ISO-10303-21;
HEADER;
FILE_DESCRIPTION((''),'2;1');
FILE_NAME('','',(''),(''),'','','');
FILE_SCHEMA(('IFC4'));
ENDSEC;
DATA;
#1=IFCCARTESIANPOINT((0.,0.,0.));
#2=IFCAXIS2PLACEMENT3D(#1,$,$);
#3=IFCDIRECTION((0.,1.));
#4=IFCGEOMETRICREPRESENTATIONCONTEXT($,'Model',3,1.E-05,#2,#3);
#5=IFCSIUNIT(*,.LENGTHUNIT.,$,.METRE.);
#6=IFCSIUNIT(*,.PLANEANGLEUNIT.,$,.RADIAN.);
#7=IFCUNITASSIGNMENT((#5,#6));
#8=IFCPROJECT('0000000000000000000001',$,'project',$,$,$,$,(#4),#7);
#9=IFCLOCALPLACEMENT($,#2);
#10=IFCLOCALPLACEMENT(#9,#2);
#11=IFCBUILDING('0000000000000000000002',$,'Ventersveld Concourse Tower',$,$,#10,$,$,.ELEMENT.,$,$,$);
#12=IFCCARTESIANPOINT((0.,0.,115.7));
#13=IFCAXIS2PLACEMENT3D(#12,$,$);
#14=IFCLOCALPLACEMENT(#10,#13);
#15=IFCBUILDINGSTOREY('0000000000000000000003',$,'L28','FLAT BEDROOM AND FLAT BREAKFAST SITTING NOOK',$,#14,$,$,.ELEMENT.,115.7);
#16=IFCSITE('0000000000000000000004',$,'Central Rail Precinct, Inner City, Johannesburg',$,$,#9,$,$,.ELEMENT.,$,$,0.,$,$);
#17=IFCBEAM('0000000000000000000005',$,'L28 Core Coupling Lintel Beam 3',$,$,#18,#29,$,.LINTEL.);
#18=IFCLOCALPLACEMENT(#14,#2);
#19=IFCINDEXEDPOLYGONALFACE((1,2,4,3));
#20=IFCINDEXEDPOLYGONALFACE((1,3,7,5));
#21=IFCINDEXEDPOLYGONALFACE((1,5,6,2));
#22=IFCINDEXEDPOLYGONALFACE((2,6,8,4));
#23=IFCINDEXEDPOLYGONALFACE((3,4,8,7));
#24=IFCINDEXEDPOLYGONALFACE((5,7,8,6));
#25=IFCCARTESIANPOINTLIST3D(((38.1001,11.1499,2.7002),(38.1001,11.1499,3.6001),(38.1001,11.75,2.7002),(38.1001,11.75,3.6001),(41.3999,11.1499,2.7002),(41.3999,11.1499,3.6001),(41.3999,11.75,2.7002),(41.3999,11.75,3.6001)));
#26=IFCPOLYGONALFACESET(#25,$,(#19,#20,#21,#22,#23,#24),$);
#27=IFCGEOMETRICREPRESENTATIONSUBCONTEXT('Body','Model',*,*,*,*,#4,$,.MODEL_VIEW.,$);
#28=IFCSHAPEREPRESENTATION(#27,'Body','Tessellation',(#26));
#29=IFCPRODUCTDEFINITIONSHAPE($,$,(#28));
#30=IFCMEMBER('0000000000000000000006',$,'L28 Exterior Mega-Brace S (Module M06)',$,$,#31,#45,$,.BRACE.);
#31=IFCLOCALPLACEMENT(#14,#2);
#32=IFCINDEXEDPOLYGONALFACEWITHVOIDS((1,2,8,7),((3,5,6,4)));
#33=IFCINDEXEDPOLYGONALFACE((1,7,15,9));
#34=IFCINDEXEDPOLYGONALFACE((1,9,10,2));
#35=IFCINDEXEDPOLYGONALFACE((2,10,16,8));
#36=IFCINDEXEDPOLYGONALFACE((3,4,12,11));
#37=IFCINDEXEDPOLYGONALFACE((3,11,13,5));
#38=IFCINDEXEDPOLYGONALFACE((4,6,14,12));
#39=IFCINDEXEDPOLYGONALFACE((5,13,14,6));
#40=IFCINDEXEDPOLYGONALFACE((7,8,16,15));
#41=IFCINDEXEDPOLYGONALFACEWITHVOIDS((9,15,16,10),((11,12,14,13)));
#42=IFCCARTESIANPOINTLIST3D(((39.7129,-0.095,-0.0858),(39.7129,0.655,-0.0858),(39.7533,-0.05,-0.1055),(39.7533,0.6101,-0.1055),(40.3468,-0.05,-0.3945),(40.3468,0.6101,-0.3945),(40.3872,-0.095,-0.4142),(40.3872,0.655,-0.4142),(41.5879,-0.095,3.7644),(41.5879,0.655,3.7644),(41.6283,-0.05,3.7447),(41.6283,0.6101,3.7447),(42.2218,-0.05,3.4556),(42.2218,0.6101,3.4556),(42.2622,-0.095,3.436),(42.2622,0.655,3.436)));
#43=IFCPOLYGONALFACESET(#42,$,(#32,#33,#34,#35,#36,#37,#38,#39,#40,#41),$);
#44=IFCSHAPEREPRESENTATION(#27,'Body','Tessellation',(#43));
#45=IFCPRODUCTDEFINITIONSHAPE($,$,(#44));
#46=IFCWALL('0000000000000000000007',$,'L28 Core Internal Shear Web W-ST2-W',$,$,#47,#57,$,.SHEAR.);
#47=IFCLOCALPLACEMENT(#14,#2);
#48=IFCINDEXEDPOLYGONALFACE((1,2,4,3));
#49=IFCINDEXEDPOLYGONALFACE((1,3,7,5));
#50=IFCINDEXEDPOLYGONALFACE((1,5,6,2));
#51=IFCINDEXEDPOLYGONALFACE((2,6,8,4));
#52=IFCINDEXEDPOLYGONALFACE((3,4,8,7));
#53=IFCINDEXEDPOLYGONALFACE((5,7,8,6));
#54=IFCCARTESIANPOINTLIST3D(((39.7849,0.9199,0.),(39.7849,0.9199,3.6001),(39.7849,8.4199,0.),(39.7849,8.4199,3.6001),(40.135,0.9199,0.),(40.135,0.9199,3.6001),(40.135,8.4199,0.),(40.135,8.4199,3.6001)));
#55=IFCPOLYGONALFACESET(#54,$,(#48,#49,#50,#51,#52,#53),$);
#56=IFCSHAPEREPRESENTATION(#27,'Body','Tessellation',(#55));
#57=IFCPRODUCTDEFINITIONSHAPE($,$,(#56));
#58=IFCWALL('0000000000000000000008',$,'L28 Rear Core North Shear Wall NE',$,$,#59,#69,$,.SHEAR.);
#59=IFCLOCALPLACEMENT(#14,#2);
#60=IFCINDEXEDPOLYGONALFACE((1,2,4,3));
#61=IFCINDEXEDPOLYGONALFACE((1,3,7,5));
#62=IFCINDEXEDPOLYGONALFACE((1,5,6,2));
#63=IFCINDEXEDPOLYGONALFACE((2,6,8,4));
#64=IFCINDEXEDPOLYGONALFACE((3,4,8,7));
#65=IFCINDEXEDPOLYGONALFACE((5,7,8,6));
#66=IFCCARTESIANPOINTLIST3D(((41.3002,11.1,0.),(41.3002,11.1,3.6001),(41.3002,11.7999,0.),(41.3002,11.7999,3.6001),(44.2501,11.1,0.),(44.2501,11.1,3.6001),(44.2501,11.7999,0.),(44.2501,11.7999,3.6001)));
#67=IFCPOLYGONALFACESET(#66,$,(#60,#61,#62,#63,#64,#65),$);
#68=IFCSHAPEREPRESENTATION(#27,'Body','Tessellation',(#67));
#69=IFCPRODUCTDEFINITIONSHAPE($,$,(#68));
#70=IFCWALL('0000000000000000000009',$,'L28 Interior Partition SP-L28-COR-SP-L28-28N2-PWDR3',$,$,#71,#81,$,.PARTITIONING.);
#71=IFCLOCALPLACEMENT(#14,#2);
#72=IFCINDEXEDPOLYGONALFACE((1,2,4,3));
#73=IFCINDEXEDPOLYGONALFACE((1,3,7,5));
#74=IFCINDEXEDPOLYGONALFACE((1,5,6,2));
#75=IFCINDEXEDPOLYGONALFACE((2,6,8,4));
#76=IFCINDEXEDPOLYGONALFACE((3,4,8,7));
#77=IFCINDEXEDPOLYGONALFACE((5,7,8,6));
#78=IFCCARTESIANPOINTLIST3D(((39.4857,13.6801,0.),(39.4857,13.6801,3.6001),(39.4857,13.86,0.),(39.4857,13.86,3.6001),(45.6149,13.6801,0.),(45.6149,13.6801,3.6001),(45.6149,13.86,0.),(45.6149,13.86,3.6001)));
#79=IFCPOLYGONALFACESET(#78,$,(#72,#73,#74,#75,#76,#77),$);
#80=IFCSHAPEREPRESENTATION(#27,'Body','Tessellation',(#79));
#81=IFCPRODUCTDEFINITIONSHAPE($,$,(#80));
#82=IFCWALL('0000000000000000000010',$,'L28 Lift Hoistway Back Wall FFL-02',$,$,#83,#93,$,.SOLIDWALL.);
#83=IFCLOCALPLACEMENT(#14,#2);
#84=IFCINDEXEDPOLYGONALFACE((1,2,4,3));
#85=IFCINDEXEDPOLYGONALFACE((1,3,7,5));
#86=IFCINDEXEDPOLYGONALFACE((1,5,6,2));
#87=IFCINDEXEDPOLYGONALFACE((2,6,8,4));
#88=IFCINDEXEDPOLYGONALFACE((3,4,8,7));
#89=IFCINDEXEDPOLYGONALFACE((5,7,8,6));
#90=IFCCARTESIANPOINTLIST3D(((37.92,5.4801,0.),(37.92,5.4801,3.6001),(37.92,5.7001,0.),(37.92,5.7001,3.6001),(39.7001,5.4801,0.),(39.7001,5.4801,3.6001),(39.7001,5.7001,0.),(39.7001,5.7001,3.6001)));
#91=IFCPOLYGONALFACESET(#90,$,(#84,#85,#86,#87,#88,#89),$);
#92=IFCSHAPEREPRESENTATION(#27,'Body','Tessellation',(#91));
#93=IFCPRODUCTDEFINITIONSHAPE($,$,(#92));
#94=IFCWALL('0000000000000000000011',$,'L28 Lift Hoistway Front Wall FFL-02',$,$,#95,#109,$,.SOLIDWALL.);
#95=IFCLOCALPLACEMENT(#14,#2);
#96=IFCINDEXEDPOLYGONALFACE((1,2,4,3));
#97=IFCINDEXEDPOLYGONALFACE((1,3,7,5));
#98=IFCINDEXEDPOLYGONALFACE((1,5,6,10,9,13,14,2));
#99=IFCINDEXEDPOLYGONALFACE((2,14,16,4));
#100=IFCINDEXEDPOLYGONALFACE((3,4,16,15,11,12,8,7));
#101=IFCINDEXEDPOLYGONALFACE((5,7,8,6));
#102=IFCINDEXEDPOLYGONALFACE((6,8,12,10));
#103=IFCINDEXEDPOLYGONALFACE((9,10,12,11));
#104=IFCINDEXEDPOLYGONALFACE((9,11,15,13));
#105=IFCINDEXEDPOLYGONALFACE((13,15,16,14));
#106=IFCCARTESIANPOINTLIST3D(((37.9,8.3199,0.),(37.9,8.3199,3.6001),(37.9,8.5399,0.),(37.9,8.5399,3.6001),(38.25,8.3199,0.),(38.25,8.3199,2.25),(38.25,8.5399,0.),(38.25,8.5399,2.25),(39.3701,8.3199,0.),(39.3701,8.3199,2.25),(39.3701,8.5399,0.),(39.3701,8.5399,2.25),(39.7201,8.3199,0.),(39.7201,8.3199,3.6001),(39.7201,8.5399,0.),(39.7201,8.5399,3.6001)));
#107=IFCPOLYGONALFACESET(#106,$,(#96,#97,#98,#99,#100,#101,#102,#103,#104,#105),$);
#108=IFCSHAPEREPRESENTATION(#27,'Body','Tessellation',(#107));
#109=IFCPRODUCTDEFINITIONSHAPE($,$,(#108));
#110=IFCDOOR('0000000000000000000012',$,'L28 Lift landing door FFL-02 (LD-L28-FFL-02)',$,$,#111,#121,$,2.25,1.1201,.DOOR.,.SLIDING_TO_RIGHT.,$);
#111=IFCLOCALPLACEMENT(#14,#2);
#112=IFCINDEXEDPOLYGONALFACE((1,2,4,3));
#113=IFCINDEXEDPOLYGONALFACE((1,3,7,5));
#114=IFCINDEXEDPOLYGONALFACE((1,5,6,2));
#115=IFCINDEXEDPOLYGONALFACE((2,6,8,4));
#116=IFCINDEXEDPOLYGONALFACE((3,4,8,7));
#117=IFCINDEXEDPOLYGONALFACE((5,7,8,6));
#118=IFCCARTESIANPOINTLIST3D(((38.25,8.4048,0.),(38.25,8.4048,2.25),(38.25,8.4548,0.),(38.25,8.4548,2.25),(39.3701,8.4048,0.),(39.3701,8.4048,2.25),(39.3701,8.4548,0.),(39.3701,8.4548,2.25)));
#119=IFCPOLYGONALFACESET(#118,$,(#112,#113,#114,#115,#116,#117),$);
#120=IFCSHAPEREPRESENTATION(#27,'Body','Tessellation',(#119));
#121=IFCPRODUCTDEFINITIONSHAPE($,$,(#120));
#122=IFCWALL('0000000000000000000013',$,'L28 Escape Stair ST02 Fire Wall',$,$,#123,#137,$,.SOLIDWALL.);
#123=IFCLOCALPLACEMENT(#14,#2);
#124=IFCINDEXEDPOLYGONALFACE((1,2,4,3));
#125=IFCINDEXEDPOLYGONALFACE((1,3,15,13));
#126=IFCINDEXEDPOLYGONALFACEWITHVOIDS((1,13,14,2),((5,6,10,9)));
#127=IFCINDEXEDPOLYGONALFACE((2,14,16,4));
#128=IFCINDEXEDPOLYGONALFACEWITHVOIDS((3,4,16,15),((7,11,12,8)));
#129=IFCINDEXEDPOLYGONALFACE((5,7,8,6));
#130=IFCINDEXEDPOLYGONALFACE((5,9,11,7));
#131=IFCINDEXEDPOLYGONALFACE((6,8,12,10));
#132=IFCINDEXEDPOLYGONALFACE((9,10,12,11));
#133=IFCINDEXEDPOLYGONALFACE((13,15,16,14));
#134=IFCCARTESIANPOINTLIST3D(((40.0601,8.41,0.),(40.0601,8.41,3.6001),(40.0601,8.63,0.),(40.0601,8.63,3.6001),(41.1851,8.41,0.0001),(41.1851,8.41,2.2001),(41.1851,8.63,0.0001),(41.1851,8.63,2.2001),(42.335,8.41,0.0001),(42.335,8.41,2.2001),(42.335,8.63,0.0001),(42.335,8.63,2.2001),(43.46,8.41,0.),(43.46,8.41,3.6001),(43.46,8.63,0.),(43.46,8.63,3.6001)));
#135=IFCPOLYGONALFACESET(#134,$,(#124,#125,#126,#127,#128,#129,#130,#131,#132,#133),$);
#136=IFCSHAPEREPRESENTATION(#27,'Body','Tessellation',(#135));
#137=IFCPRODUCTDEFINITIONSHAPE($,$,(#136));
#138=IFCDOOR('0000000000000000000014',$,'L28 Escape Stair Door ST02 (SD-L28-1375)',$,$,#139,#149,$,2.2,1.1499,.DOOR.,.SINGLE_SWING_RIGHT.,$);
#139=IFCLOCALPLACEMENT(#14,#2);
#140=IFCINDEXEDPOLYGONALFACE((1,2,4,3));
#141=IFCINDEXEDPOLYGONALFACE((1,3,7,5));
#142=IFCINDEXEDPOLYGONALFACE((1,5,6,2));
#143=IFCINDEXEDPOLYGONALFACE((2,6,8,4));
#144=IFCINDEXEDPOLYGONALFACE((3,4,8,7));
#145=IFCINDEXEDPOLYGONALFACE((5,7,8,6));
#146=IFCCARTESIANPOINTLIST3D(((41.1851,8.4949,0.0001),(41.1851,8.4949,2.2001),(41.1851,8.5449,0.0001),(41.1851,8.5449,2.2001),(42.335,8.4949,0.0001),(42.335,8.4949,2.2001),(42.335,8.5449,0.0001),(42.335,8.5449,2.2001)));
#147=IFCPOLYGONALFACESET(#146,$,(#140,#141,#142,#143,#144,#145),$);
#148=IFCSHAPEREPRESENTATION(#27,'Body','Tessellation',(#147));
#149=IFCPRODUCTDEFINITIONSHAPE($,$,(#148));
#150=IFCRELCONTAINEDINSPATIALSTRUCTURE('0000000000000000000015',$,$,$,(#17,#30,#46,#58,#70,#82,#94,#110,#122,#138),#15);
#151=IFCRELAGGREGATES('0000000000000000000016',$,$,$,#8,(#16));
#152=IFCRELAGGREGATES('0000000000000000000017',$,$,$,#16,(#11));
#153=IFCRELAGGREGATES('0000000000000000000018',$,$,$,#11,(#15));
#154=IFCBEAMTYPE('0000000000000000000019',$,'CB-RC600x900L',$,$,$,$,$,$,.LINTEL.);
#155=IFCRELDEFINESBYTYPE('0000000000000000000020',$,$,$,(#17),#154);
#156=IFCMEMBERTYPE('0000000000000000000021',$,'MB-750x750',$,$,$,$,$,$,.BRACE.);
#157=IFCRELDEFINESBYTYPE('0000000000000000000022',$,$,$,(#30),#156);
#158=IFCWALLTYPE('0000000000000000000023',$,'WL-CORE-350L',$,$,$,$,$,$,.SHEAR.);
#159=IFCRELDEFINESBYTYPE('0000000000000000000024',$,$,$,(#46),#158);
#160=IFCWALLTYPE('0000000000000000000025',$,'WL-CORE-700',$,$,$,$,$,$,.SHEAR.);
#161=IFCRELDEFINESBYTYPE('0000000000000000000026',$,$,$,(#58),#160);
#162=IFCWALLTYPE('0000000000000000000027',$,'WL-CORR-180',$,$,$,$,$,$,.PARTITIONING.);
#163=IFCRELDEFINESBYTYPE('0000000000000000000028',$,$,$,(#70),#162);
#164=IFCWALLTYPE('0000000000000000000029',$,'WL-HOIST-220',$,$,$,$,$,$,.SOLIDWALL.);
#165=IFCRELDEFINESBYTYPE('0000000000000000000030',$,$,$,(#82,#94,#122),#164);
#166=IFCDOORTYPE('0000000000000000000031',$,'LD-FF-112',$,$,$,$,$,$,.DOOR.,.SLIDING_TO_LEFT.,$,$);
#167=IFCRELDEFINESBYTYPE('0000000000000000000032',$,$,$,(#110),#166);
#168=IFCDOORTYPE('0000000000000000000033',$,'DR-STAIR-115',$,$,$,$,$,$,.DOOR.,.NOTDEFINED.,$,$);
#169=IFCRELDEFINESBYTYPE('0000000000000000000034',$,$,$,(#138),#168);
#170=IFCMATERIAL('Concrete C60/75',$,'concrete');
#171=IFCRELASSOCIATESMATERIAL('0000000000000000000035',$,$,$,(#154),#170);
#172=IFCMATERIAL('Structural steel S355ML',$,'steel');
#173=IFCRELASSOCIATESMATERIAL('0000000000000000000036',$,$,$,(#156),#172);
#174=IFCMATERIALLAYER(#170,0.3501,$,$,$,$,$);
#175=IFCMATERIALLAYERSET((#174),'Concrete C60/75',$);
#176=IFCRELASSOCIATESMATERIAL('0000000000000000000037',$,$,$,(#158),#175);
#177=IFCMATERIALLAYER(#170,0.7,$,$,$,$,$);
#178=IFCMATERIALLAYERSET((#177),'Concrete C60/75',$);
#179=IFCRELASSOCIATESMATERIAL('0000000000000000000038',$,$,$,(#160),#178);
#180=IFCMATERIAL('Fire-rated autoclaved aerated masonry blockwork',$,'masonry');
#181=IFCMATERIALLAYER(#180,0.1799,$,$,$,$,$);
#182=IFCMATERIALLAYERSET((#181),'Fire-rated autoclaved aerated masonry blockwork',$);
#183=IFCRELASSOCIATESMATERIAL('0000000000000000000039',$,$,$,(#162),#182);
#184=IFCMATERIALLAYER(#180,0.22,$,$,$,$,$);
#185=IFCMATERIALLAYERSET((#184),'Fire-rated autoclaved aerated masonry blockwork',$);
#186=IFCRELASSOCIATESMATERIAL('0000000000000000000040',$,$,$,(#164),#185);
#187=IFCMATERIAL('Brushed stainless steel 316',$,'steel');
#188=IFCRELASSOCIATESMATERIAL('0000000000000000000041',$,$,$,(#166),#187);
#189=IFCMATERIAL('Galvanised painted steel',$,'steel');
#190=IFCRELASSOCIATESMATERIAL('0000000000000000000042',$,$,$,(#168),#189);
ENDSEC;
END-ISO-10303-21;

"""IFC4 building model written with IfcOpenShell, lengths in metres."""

from ifc_helpers import new_model, si_unit, direction, frame, frame_2d, origin, origin_2d, place, context, subcontext, project, spatial, rectangle, hollow_rectangle, extrude, material, layer, layer_set, material_profile, profile_set, type_object, element, fill, save


model = new_model("IFC4")

# Units and contexts
model_context = context("Model", 3, precision=1e-05, world=origin(), true_north=direction((0.0, 1.0)))
body_context = subcontext(model_context, "Body", "Model", "MODEL_VIEW")
ifc_project = project(units=[si_unit("LENGTHUNIT", "METRE"), si_unit("PLANEANGLEUNIT", "RADIAN")], contexts=[model_context])

# Site, building, storey
site_placement = place(None, origin())
site = spatial("IfcSite", under=ifc_project, at=site_placement, Name="Central Rail Precinct, Inner City, Johannesburg", CompositionType="ELEMENT", RefElevation=0.0)
building_placement = place(site_placement, origin())
building = spatial("IfcBuilding", under=site, at=building_placement, Name="Ventersveld Concourse Tower", CompositionType="ELEMENT")
storey_placement = place(building_placement, frame((0.0, 0.0, 115.7)))
storey = spatial("IfcBuildingStorey", under=building, at=storey_placement, Name="L28", Description="FLAT BEDROOM AND FLAT BREAKFAST SITTING NOOK", CompositionType="ELEMENT", Elevation=115.7)

# Beam
ifc_material_1 = material(Name="Concrete C60/75", Category="concrete")
ifc_material_profile_1 = material_profile(ifc_material_1, rectangle(XDim=0.6001, YDim=0.8999, at=origin_2d()), Name="RC 600x900")
ifc_profile_set_1 = profile_set([ifc_material_profile_1], Name="Concrete C60/75")
beam_type = type_object("IfcBeamType", Name="CB-RC600x900L", PredefinedType="LINTEL", material=ifc_profile_set_1)
beam_placement = place(storey_placement, frame((38.1001, 11.45, 3.1501), z_axis=(1.0, 0.0, 0.0), x_axis=(0.0, 1.0, 0.0)))
element("IfcBeam", 1, at=beam_placement, inside=storey, type_object=beam_type, Name="L28 Core Coupling Lintel Beam 3", PredefinedType="LINTEL", context=body_context, shape_type="SweptSolid", body=[
    extrude(rectangle(XDim=0.6001, YDim=0.8999, at=origin_2d()), origin(), (0.0, 0.0, 1.0), 3.2998),
])

# Member
ifc_material_2 = material(Name="Structural steel S355ML", Category="steel")
ifc_material_profile_2 = material_profile(ifc_material_2, hollow_rectangle(XDim=0.75, YDim=0.75, WallThickness=0.0449, at=origin_2d()), Name="BOX 750x750x45")
ifc_profile_set_2 = profile_set([ifc_material_profile_2], Name="Structural steel S355ML")
member_type = type_object("IfcMemberType", Name="MB-750x750", PredefinedType="BRACE", material=ifc_profile_set_2)
member_placement = place(storey_placement, frame((40.05, 0.28, -0.25), z_axis=(0.437839, 0.0, 0.899053), x_axis=(0.0, 1.0, 0.0)))
element("IfcMember", 2, at=member_placement, inside=storey, type_object=member_type, Name="L28 Exterior Mega-Brace S (Module M06)", PredefinedType="BRACE", context=body_context, shape_type="SweptSolid", body=[
    extrude(hollow_rectangle(XDim=0.75, YDim=0.75, WallThickness=0.0449, at=origin_2d()), origin(), (0.0, 0.0, 1.0), 4.2825),
])

# Walls
ifc_layer_1 = layer(ifc_material_1, 0.3501)
ifc_layer_set_1 = layer_set([ifc_layer_1], Name="Concrete C60/75")
wall_type_1 = type_object("IfcWallType", Name="WL-CORE-350L", PredefinedType="SHEAR", material=ifc_layer_set_1)
wall_1_placement = place(storey_placement, frame((39.96, 0.9199, 0.0), z_axis=(0.0, 0.0, 1.0), x_axis=(0.0, 1.0, 0.0)))
element("IfcWall", 3, at=wall_1_placement, inside=storey, type_object=wall_type_1, Name="L28 Core Internal Shear Web W-ST2-W", PredefinedType="SHEAR", context=body_context, shape_type="SweptSolid", body=[
    extrude(rectangle(XDim=7.5, YDim=0.3501, at=frame_2d((3.75, 0.0))), origin(), (0.0, 0.0, 1.0), 3.6001),
])
ifc_layer_2 = layer(ifc_material_1, 0.7)
ifc_layer_set_2 = layer_set([ifc_layer_2], Name="Concrete C60/75")
wall_type_2 = type_object("IfcWallType", Name="WL-CORE-700", PredefinedType="SHEAR", material=ifc_layer_set_2)
wall_2_placement = place(storey_placement, frame((41.3, 11.45, 0.0), z_axis=(0.0, 0.0, 1.0), x_axis=(1.0, 0.0, 0.0)))
element("IfcWall", 4, at=wall_2_placement, inside=storey, type_object=wall_type_2, Name="L28 Rear Core North Shear Wall NE", PredefinedType="SHEAR", context=body_context, shape_type="SweptSolid", body=[
    extrude(rectangle(XDim=2.95, YDim=0.7, at=frame_2d((1.4751, 0.0))), origin(), (0.0, 0.0, 1.0), 3.6001),
])
ifc_material_3 = material(Name="Fire-rated autoclaved aerated masonry blockwork", Category="masonry")
ifc_layer_3 = layer(ifc_material_3, 0.1799)
ifc_layer_set_3 = layer_set([ifc_layer_3], Name="Fire-rated autoclaved aerated masonry blockwork")
wall_type_3 = type_object("IfcWallType", Name="WL-CORR-180", PredefinedType="PARTITIONING", material=ifc_layer_set_3)
wall_3_placement = place(storey_placement, frame((39.4858, 13.77, 0.0), z_axis=(0.0, 0.0, 1.0), x_axis=(1.0, 0.0, 0.0)))
element("IfcWall", 5, at=wall_3_placement, inside=storey, type_object=wall_type_3, Name="L28 Interior Partition SP-L28-COR-SP-L28-28N2-PWDR3", PredefinedType="PARTITIONING", context=body_context, shape_type="SweptSolid", body=[
    extrude(rectangle(XDim=6.1292, YDim=0.1799, at=frame_2d((3.0645, 0.0))), origin(), (0.0, 0.0, 1.0), 3.6001),
])
ifc_layer_4 = layer(ifc_material_3, 0.22)
ifc_layer_set_4 = layer_set([ifc_layer_4], Name="Fire-rated autoclaved aerated masonry blockwork")
wall_type_4 = type_object("IfcWallType", Name="WL-HOIST-220", PredefinedType="SOLIDWALL", material=ifc_layer_set_4)
wall_4_placement = place(storey_placement, frame((37.9199, 5.5901, 0.0), z_axis=(0.0, 0.0, 1.0), x_axis=(1.0, 0.0, 0.0)))
element("IfcWall", 6, at=wall_4_placement, inside=storey, type_object=wall_type_4, Name="L28 Lift Hoistway Back Wall FFL-02", PredefinedType="SOLIDWALL", context=body_context, shape_type="SweptSolid", body=[
    extrude(rectangle(XDim=1.78, YDim=0.22, at=frame_2d((0.8901, 0.0))), origin(), (0.0, 0.0, 1.0), 3.6001),
])

# Walls, openings, doors
wall_5_placement = place(storey_placement, frame((37.8999, 8.4299, 0.0), z_axis=(0.0, 0.0, 1.0), x_axis=(1.0, 0.0, 0.0)))
wall_5 = element("IfcWall", 7, at=wall_5_placement, inside=storey, type_object=wall_type_4, Name="L28 Lift Hoistway Front Wall FFL-02", PredefinedType="SOLIDWALL", context=body_context, shape_type="SweptSolid", body=[
    extrude(rectangle(XDim=1.8201, YDim=0.22, at=frame_2d((0.9102, 0.0))), origin(), (0.0, 0.0, 1.0), 3.6001),
])
opening_1_placement = place(wall_5_placement, frame((0.3501, 0.0, 0.0)))
opening_1 = element("IfcOpeningElement", 8, at=opening_1_placement, cuts=wall_5, PredefinedType="OPENING", context=body_context, shape_type="SweptSolid", body=[
    extrude(rectangle(XDim=1.1201, YDim=2.25, at=frame_2d((0.5601, 1.125))), frame((0.0, 0.1201, 0.0), z_axis=(0.0, -1.0, 0.0), x_axis=(1.0, 0.0, 0.0)), (0.0, 0.0, 1.0), 0.24),
])
ifc_material_4 = material(Name="Brushed stainless steel 316", Category="steel")
door_type_1 = type_object("IfcDoorType", Name="LD-FF-112", OperationType="SLIDING_TO_LEFT", PredefinedType="DOOR", material=ifc_material_4)
door_1_placement = place(opening_1_placement, origin())
door_1 = element("IfcDoor", 9, at=door_1_placement, inside=storey, type_object=door_type_1, Name="L28 Lift landing door FFL-02 (LD-L28-FFL-02)", OperationType="SLIDING_TO_RIGHT", OverallHeight=2.25, OverallWidth=1.1201, PredefinedType="DOOR", context=body_context, shape_type="SweptSolid", body=[
    extrude(rectangle(XDim=1.1201, YDim=2.25, at=frame_2d((0.5601, 1.125))), frame((0.0, 0.0249, 0.0), z_axis=(0.0, -1.0, 0.0), x_axis=(1.0, 0.0, 0.0)), (0.0, 0.0, 1.0), 0.05),
])
fill(opening_1, door_1)
wall_6_placement = place(storey_placement, frame((40.0601, 8.52, 0.0), z_axis=(0.0, 0.0, 1.0), x_axis=(1.0, 0.0, 0.0)))
wall_6 = element("IfcWall", 10, at=wall_6_placement, inside=storey, type_object=wall_type_4, Name="L28 Escape Stair ST02 Fire Wall", PredefinedType="SOLIDWALL", context=body_context, shape_type="SweptSolid", body=[
    extrude(rectangle(XDim=3.3999, YDim=0.22, at=frame_2d((1.7, 0.0))), origin(), (0.0, 0.0, 1.0), 3.6001),
])
opening_2_placement = place(wall_6_placement, frame((1.125, 0.0, 0.0)))
opening_2 = element("IfcOpeningElement", 11, at=opening_2_placement, cuts=wall_6, PredefinedType="OPENING", context=body_context, shape_type="SweptSolid", body=[
    extrude(rectangle(XDim=1.1499, YDim=2.2, at=frame_2d((0.575, 1.1001))), frame((0.0, 0.1201, 0.0), z_axis=(0.0, -1.0, 0.0), x_axis=(1.0, 0.0, 0.0)), (0.0, 0.0, 1.0), 0.24),
])
ifc_material_5 = material(Name="Galvanised painted steel", Category="steel")
door_type_2 = type_object("IfcDoorType", Name="DR-STAIR-115", OperationType="NOTDEFINED", PredefinedType="DOOR", material=ifc_material_5)
door_2_placement = place(opening_2_placement, origin())
door_2 = element("IfcDoor", 12, at=door_2_placement, inside=storey, type_object=door_type_2, Name="L28 Escape Stair Door ST02 (SD-L28-1375)", OperationType="SINGLE_SWING_RIGHT", OverallHeight=2.2, OverallWidth=1.1499, PredefinedType="DOOR", context=body_context, shape_type="SweptSolid", body=[
    extrude(rectangle(XDim=1.1499, YDim=2.2, at=frame_2d((0.575, 1.1001))), frame((0.0, 0.0249, 0.0), z_axis=(0.0, -1.0, 0.0), x_axis=(1.0, 0.0, 0.0)), (0.0, 0.0, 1.0), 0.05),
])
fill(opening_2, door_2)

save(model, "model.ifc")
